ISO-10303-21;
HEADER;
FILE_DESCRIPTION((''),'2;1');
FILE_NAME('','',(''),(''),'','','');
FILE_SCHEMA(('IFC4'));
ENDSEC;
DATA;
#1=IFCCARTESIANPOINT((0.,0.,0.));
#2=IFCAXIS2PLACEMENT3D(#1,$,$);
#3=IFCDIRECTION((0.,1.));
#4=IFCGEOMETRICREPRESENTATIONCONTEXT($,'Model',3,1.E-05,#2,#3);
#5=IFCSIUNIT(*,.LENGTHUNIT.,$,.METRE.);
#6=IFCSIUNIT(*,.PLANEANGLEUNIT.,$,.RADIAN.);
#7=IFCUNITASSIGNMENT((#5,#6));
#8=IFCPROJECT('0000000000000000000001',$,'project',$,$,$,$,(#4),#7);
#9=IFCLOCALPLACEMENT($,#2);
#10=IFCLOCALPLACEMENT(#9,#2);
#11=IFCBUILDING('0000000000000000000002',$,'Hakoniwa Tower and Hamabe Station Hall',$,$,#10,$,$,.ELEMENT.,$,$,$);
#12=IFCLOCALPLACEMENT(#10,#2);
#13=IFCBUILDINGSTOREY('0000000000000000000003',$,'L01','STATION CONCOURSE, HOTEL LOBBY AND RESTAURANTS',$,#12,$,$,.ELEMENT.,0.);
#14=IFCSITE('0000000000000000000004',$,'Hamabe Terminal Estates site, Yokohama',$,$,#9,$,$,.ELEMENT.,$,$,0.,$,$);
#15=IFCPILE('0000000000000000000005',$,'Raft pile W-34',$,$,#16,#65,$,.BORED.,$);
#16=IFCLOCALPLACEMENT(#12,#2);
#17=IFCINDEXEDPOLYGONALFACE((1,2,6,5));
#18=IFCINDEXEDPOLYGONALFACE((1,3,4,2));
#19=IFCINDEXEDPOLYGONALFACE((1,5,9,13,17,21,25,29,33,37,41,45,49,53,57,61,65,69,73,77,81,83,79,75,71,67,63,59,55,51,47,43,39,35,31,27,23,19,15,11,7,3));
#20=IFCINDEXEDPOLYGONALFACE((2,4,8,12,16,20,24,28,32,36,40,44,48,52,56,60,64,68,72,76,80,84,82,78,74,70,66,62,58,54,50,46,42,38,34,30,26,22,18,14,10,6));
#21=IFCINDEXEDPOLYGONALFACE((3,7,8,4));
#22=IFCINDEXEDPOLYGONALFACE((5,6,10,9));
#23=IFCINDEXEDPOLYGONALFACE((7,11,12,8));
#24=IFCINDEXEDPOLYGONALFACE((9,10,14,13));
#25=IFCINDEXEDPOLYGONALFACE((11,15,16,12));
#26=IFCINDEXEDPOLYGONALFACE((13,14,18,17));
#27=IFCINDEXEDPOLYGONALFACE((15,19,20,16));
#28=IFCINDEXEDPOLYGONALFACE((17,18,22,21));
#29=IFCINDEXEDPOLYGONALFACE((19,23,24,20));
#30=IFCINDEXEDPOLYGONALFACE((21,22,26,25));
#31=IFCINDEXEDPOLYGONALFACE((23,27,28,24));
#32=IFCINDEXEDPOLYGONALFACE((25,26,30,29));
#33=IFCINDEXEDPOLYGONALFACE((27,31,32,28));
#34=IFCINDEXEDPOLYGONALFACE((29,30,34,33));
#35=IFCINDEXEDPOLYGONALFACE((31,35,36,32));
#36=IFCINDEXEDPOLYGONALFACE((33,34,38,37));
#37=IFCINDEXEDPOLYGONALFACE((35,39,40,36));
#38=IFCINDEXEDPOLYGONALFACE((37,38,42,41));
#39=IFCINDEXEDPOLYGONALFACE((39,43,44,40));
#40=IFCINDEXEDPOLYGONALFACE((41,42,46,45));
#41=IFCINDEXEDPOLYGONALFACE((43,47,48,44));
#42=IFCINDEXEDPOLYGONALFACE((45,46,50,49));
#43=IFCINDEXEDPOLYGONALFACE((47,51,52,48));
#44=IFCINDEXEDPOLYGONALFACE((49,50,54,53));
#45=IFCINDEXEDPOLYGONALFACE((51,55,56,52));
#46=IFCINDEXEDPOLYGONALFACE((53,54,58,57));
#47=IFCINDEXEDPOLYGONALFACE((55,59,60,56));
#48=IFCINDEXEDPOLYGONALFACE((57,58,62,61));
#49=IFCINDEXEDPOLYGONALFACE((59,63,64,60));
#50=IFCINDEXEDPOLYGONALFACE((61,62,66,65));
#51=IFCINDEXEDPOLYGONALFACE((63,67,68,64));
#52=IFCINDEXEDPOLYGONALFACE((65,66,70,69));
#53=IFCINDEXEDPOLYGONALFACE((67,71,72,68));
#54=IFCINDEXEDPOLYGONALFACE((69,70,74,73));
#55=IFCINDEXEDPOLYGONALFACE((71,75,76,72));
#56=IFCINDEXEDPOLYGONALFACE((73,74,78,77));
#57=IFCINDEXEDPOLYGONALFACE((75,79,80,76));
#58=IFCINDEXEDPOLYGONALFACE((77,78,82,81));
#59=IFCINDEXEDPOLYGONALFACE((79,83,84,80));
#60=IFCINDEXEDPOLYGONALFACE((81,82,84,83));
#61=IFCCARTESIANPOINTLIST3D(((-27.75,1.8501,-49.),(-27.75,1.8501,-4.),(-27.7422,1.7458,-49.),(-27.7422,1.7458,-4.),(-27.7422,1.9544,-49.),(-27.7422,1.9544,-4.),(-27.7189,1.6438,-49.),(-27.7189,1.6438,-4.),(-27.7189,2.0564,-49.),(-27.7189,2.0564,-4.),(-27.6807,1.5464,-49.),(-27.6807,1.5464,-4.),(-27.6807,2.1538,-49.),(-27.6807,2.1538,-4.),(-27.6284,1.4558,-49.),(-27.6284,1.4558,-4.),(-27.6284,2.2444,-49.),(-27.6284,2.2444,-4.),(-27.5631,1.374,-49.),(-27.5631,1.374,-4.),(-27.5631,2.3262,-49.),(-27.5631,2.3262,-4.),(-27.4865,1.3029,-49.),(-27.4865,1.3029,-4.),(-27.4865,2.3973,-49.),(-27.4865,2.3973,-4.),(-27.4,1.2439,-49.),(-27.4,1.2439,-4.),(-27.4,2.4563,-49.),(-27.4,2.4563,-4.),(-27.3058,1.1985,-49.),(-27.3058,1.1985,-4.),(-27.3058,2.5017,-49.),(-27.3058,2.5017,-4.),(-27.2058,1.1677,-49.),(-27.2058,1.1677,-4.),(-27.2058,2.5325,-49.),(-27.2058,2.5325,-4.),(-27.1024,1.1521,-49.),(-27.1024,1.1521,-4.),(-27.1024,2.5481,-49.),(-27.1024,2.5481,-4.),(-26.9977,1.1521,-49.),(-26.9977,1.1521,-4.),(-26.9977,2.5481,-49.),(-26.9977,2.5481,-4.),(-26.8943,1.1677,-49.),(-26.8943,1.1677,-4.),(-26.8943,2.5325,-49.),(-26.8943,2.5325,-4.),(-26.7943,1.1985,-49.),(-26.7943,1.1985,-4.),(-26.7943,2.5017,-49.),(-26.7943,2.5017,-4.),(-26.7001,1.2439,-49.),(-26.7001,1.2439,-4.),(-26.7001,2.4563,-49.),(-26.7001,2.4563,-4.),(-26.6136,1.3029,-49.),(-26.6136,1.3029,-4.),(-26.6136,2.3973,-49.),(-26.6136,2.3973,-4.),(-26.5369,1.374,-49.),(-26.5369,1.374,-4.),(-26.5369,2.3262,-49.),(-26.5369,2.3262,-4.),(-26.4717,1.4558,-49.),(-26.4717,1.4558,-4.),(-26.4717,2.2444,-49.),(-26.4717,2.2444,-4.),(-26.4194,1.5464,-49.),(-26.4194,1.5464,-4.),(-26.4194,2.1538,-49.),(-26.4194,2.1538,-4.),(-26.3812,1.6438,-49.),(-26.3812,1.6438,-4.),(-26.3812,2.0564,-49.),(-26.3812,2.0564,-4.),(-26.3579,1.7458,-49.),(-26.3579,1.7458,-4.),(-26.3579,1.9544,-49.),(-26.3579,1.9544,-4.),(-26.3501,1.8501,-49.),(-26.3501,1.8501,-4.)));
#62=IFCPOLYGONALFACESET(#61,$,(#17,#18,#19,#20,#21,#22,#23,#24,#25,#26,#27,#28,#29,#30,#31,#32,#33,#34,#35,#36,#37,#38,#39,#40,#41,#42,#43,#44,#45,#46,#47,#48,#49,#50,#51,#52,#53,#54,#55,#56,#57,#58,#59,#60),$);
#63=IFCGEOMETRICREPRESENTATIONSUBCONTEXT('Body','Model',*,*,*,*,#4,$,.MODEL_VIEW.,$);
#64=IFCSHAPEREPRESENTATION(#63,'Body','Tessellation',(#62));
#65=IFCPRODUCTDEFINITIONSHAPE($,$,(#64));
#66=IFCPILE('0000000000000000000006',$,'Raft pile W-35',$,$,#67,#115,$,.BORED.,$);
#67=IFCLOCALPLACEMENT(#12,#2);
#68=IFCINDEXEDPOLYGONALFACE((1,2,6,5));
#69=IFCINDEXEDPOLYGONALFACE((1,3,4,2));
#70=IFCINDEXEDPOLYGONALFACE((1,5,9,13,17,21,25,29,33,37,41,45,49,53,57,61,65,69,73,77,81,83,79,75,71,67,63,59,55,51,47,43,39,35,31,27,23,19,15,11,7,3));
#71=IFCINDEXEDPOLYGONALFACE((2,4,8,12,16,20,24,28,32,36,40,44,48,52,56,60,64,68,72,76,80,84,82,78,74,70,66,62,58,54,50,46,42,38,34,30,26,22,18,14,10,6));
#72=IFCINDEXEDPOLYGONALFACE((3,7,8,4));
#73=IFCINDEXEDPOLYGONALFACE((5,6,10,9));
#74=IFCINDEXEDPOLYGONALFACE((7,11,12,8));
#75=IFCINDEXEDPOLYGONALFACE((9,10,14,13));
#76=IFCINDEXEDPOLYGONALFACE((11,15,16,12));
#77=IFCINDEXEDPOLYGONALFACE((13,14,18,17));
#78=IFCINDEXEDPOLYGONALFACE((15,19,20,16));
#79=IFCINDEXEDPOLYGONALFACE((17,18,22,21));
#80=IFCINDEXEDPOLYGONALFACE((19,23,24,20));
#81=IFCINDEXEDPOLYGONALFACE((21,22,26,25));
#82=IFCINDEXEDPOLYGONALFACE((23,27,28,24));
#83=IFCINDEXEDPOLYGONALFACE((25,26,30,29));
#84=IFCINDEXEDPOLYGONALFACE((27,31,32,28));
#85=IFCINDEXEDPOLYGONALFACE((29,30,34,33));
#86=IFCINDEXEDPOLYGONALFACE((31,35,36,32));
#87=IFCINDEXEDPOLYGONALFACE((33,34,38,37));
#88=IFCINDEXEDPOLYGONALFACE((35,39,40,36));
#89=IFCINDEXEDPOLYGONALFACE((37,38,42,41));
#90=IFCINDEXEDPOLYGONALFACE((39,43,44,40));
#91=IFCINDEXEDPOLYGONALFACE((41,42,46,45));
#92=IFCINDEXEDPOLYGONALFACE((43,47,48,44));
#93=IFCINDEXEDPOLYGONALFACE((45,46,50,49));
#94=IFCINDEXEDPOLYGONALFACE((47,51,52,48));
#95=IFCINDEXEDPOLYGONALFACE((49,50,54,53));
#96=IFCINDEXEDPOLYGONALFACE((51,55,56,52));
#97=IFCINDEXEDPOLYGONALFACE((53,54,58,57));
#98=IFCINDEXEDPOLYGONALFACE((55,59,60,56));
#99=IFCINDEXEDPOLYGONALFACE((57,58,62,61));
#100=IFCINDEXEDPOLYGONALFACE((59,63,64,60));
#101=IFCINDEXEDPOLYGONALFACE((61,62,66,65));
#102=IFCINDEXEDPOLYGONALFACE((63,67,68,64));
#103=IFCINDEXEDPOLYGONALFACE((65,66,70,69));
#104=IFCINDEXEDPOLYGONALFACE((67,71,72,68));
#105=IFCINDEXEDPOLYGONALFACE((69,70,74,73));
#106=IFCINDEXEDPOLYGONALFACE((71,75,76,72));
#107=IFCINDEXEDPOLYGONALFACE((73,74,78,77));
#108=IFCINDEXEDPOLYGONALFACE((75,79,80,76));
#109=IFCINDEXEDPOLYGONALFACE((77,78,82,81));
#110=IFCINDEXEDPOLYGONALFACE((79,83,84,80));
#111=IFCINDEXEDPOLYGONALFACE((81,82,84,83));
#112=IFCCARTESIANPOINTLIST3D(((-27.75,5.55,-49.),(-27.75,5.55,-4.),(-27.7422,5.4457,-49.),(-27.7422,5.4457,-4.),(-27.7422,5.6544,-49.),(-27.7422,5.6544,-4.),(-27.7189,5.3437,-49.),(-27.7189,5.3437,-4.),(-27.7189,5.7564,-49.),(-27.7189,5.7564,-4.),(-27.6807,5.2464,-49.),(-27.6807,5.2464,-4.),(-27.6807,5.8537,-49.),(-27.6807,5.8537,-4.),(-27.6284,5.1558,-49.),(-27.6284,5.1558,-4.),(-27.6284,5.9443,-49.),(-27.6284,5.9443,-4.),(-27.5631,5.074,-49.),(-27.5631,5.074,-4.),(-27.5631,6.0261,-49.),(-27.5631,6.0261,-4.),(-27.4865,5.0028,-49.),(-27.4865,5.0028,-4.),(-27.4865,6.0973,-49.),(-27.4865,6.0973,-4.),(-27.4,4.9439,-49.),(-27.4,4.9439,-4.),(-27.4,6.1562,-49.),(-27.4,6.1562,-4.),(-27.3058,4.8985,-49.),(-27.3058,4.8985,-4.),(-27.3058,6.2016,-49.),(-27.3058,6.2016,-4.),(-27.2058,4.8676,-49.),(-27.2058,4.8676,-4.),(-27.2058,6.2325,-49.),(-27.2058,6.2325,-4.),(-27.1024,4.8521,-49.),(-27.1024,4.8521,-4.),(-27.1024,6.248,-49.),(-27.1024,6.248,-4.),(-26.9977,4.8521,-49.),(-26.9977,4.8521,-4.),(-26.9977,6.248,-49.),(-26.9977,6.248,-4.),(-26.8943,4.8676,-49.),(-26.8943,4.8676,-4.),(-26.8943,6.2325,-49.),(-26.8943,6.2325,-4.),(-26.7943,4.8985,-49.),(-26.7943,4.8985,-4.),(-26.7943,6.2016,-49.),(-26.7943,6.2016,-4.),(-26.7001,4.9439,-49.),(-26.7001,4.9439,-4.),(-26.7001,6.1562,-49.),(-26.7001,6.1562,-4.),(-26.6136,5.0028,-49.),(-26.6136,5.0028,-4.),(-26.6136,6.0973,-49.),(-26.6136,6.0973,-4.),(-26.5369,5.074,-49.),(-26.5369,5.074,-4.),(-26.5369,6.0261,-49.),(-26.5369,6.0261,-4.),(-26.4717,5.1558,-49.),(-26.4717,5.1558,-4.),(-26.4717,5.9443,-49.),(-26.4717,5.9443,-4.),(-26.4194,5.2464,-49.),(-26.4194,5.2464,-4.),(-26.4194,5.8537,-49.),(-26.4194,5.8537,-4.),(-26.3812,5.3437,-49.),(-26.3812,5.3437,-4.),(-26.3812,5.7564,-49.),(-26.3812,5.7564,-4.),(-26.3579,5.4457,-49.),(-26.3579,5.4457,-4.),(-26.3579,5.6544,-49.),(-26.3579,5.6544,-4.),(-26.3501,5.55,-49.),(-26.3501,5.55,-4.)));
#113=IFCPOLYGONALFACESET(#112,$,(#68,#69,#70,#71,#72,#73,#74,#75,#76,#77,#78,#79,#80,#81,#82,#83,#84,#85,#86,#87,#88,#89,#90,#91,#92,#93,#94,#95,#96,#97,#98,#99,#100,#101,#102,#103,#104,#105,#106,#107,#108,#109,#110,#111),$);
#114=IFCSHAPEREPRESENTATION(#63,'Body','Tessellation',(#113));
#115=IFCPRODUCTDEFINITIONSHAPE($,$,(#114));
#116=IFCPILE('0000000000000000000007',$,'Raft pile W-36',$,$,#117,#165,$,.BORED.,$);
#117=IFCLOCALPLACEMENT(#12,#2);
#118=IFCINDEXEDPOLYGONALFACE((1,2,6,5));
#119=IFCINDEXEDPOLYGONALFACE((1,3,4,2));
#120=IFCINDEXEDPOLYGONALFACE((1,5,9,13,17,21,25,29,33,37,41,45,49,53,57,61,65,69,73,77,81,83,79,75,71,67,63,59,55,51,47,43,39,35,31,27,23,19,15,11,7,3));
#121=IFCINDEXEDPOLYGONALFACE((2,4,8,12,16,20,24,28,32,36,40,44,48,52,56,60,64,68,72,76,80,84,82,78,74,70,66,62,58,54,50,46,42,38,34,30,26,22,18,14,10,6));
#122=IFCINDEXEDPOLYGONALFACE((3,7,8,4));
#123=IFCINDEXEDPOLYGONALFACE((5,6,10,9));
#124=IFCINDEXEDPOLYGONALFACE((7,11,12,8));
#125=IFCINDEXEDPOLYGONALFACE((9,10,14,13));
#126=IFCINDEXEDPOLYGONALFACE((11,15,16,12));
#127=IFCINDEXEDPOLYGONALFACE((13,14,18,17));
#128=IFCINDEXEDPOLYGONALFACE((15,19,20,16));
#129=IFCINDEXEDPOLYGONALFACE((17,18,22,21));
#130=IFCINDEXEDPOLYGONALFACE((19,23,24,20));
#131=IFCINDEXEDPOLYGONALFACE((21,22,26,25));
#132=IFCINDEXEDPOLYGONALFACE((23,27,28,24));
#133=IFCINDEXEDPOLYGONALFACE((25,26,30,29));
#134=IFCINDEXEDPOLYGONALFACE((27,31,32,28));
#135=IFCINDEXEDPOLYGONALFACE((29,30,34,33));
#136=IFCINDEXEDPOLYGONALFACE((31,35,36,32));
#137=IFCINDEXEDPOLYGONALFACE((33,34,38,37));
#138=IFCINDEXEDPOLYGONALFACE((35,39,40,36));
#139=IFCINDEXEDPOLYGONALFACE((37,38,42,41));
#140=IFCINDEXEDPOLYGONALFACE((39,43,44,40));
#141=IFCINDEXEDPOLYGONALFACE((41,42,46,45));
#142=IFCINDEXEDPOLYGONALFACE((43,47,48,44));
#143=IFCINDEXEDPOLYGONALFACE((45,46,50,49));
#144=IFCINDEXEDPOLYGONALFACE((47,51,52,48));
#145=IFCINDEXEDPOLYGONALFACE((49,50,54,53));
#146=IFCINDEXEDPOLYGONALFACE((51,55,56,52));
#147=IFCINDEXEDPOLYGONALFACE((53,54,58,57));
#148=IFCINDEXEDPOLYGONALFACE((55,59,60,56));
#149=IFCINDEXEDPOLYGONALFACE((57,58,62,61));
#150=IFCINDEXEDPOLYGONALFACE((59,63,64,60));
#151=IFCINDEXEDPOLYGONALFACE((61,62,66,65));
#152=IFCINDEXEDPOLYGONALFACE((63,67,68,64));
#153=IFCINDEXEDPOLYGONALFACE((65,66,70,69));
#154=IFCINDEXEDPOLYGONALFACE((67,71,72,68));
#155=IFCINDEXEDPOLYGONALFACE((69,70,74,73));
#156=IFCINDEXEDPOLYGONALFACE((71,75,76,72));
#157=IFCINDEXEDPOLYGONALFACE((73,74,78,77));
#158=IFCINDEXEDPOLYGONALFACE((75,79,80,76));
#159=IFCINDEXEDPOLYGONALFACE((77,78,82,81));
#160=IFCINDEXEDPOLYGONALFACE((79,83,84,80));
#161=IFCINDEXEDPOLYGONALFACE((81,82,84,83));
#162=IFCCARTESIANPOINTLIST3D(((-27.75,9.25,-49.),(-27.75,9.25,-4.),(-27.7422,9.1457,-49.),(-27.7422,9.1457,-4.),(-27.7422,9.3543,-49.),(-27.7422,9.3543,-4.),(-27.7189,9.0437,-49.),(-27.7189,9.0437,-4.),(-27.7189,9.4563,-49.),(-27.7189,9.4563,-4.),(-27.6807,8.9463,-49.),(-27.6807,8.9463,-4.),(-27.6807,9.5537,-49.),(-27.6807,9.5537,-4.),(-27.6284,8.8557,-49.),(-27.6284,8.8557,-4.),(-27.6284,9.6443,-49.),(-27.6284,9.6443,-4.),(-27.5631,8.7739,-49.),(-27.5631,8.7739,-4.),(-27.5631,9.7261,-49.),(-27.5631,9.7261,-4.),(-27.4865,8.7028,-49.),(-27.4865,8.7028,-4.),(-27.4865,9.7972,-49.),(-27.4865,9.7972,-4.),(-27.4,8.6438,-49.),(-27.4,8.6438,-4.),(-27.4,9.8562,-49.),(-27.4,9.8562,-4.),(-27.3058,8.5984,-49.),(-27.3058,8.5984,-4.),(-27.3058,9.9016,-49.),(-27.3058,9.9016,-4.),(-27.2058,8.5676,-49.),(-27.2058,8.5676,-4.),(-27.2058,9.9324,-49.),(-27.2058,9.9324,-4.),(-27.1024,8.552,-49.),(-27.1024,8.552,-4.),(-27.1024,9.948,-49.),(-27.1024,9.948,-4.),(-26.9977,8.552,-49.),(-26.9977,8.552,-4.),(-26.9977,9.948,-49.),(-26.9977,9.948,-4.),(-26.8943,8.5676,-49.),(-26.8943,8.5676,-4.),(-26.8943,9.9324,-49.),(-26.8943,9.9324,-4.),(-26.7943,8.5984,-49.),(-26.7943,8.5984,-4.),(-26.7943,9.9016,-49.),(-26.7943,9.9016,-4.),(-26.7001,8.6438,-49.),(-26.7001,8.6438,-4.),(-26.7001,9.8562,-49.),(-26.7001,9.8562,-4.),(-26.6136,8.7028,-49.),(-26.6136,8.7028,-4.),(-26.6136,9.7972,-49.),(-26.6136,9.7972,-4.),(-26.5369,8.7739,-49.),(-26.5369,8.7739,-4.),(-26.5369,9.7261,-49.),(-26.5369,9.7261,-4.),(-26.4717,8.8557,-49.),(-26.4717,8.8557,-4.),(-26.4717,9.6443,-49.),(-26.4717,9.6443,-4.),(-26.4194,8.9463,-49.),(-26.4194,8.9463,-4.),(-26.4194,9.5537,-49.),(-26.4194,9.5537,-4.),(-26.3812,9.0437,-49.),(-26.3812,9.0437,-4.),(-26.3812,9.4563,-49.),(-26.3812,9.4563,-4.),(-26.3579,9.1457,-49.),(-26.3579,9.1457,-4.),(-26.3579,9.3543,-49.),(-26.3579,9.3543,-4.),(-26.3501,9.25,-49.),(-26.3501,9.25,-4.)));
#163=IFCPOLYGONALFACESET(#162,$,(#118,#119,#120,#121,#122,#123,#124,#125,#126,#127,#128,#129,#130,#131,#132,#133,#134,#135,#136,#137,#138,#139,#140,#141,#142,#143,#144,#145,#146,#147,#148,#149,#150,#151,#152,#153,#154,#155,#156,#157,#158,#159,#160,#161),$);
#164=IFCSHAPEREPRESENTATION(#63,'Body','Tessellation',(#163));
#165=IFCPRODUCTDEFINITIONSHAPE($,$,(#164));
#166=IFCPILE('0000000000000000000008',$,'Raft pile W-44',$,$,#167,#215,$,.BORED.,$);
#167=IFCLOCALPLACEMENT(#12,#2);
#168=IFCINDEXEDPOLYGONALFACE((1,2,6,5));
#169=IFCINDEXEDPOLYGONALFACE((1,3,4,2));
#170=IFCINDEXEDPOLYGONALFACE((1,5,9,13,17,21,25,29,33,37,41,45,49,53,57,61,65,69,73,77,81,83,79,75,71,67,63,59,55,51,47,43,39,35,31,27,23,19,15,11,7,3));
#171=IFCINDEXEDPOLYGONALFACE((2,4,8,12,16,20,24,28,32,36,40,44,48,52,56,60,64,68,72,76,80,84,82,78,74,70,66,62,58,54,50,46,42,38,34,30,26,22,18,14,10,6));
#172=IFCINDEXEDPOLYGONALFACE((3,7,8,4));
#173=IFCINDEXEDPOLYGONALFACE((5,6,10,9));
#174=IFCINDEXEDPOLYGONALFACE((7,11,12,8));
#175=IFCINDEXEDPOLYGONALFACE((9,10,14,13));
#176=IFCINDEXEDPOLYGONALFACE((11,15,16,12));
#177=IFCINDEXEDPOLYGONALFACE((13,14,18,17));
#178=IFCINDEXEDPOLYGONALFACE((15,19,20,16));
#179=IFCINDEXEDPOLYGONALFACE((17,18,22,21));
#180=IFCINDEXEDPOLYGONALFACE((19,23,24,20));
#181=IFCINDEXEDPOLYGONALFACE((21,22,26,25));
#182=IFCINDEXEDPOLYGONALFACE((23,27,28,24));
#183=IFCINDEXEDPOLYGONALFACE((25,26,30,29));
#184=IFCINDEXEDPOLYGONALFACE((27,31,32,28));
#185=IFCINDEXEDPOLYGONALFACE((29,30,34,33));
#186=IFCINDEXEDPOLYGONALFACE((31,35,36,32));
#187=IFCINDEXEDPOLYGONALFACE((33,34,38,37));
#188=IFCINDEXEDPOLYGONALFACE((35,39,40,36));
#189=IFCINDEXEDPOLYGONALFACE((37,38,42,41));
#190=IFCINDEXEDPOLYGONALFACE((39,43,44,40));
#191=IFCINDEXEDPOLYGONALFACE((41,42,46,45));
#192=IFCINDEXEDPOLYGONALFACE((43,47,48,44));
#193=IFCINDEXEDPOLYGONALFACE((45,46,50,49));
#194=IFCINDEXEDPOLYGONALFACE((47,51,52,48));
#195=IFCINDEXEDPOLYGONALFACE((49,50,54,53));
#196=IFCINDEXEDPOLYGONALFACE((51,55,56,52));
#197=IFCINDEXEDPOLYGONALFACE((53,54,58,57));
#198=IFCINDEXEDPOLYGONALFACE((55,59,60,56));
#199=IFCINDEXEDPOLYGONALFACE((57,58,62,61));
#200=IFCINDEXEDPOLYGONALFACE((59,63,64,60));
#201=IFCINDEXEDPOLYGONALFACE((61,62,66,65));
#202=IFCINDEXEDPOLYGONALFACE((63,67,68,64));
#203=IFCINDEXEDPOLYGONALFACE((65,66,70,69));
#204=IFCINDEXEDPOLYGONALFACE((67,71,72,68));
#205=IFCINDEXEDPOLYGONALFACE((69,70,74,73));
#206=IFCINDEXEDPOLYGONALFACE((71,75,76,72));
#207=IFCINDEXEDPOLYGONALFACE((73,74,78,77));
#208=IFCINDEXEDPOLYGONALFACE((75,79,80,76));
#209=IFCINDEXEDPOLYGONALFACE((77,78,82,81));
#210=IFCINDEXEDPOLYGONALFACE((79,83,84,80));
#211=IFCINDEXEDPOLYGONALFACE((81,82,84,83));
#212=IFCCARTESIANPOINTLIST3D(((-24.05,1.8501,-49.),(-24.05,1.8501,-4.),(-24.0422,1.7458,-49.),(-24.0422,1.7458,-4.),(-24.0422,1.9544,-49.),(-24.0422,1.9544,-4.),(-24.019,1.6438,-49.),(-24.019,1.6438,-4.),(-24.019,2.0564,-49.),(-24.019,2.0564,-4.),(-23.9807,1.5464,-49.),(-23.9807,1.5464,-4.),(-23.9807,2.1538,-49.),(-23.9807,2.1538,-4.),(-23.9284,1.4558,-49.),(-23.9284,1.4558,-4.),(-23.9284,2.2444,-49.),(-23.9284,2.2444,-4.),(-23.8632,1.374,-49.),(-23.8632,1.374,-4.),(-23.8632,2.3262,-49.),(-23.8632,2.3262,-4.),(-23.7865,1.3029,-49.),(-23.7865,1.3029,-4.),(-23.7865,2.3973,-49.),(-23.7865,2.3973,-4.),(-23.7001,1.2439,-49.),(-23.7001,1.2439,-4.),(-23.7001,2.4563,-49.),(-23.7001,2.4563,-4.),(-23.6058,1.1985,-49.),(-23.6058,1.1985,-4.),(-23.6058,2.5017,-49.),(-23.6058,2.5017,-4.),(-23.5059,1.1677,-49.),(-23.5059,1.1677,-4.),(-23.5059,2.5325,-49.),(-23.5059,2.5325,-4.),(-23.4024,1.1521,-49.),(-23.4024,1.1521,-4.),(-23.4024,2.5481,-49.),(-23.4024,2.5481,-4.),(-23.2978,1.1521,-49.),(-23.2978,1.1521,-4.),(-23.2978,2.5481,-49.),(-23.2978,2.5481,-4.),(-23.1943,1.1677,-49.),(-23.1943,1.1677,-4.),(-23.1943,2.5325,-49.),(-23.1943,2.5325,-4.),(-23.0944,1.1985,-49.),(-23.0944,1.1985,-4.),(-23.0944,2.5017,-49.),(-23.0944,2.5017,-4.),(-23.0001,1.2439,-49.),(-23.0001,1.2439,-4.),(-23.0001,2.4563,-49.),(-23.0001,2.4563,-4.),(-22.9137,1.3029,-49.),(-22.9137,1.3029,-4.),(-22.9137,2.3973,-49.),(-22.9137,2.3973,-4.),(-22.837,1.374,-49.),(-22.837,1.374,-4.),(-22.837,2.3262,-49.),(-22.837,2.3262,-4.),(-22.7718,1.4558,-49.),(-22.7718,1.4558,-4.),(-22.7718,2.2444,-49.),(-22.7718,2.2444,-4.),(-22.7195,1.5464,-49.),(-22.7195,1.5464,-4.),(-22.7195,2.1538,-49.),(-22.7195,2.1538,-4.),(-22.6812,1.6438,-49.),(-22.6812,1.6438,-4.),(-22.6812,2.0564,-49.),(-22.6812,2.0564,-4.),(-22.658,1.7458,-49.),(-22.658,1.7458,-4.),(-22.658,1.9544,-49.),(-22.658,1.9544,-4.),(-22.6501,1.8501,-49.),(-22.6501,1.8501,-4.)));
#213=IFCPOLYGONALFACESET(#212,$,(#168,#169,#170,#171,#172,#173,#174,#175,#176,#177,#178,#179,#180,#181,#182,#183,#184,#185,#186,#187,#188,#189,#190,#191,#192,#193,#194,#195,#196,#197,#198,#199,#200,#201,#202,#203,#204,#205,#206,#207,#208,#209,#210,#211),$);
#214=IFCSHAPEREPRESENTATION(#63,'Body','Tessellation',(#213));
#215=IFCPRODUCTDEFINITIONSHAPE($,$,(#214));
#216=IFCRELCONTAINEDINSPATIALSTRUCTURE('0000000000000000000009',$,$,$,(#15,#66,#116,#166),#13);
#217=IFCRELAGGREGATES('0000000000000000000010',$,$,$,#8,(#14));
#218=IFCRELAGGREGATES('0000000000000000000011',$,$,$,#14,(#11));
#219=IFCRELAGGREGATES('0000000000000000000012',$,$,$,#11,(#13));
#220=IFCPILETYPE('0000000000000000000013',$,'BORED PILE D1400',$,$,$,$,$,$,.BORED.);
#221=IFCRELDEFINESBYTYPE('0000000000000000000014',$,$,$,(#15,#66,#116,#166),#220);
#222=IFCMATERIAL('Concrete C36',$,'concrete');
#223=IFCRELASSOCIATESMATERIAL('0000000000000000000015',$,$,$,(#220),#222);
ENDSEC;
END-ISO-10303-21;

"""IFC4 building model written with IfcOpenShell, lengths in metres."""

from ifc_helpers import new_model, si_unit, direction, frame, origin, origin_2d, place, context, subcontext, project, spatial, circle, extrude, material, material_profile, profile_set, type_object, element, save


model = new_model("IFC4")

# Units and contexts
model_context = context("Model", 3, precision=1e-05, world=origin(), true_north=direction((0.0, 1.0)))
body_context = subcontext(model_context, "Body", "Model", "MODEL_VIEW")
ifc_project = project(units=[si_unit("LENGTHUNIT", "METRE"), si_unit("PLANEANGLEUNIT", "RADIAN")], contexts=[model_context])

# Site, building, storey
site_placement = place(None, origin())
site = spatial("IfcSite", under=ifc_project, at=site_placement, Name="Hamabe Terminal Estates site, Yokohama", CompositionType="ELEMENT", RefElevation=0.0)
building_placement = place(site_placement, origin())
building = spatial("IfcBuilding", under=site, at=building_placement, Name="Hakoniwa Tower and Hamabe Station Hall", CompositionType="ELEMENT")
storey_placement = place(building_placement, origin())
storey = spatial("IfcBuildingStorey", under=building, at=storey_placement, Name="L01", Description="STATION CONCOURSE, HOTEL LOBBY AND RESTAURANTS", CompositionType="ELEMENT", Elevation=0.0)

# Piles
ifc_material_1 = material(Name="Concrete C36", Category="concrete")
ifc_material_profile = material_profile(ifc_material_1, circle(Radius=0.7, at=origin_2d()), Name="BORED PILE D1400")
ifc_profile_set = profile_set([ifc_material_profile], Name="Concrete C36")
pile_type = type_object("IfcPileType", Name="BORED PILE D1400", PredefinedType="BORED", material=ifc_profile_set)
for number, where, z_axis, x_axis, name in (
    (1, (-27.05, 1.8501, -4.0), (0.0, 0.0, -1.0), (1.0, 0.0, 0.0), "Raft pile W-34"),
    (2, (-27.05, 5.55, -4.0), (0.0, 0.0, -1.0), (1.0, 0.0, 0.0), "Raft pile W-35"),
    (3, (-27.05, 9.25, -4.0), (0.0, 0.0, -1.0), (1.0, 0.0, 0.0), "Raft pile W-36"),
    (4, (-23.3501, 1.8501, -4.0), (0.0, 0.0, -1.0), (1.0, 0.0, 0.0), "Raft pile W-44"),
):
    element("IfcPile", number, at=place(storey_placement, frame(where, z_axis=z_axis, x_axis=x_axis)), inside=storey, type_object=pile_type, Name=name, PredefinedType="BORED", context=body_context, shape_type="SweptSolid", body=[
        extrude(circle(Radius=0.7, at=origin_2d()), origin(), (0.0, 0.0, 1.0), 45.0),
    ])

save(model, "model.ifc")
